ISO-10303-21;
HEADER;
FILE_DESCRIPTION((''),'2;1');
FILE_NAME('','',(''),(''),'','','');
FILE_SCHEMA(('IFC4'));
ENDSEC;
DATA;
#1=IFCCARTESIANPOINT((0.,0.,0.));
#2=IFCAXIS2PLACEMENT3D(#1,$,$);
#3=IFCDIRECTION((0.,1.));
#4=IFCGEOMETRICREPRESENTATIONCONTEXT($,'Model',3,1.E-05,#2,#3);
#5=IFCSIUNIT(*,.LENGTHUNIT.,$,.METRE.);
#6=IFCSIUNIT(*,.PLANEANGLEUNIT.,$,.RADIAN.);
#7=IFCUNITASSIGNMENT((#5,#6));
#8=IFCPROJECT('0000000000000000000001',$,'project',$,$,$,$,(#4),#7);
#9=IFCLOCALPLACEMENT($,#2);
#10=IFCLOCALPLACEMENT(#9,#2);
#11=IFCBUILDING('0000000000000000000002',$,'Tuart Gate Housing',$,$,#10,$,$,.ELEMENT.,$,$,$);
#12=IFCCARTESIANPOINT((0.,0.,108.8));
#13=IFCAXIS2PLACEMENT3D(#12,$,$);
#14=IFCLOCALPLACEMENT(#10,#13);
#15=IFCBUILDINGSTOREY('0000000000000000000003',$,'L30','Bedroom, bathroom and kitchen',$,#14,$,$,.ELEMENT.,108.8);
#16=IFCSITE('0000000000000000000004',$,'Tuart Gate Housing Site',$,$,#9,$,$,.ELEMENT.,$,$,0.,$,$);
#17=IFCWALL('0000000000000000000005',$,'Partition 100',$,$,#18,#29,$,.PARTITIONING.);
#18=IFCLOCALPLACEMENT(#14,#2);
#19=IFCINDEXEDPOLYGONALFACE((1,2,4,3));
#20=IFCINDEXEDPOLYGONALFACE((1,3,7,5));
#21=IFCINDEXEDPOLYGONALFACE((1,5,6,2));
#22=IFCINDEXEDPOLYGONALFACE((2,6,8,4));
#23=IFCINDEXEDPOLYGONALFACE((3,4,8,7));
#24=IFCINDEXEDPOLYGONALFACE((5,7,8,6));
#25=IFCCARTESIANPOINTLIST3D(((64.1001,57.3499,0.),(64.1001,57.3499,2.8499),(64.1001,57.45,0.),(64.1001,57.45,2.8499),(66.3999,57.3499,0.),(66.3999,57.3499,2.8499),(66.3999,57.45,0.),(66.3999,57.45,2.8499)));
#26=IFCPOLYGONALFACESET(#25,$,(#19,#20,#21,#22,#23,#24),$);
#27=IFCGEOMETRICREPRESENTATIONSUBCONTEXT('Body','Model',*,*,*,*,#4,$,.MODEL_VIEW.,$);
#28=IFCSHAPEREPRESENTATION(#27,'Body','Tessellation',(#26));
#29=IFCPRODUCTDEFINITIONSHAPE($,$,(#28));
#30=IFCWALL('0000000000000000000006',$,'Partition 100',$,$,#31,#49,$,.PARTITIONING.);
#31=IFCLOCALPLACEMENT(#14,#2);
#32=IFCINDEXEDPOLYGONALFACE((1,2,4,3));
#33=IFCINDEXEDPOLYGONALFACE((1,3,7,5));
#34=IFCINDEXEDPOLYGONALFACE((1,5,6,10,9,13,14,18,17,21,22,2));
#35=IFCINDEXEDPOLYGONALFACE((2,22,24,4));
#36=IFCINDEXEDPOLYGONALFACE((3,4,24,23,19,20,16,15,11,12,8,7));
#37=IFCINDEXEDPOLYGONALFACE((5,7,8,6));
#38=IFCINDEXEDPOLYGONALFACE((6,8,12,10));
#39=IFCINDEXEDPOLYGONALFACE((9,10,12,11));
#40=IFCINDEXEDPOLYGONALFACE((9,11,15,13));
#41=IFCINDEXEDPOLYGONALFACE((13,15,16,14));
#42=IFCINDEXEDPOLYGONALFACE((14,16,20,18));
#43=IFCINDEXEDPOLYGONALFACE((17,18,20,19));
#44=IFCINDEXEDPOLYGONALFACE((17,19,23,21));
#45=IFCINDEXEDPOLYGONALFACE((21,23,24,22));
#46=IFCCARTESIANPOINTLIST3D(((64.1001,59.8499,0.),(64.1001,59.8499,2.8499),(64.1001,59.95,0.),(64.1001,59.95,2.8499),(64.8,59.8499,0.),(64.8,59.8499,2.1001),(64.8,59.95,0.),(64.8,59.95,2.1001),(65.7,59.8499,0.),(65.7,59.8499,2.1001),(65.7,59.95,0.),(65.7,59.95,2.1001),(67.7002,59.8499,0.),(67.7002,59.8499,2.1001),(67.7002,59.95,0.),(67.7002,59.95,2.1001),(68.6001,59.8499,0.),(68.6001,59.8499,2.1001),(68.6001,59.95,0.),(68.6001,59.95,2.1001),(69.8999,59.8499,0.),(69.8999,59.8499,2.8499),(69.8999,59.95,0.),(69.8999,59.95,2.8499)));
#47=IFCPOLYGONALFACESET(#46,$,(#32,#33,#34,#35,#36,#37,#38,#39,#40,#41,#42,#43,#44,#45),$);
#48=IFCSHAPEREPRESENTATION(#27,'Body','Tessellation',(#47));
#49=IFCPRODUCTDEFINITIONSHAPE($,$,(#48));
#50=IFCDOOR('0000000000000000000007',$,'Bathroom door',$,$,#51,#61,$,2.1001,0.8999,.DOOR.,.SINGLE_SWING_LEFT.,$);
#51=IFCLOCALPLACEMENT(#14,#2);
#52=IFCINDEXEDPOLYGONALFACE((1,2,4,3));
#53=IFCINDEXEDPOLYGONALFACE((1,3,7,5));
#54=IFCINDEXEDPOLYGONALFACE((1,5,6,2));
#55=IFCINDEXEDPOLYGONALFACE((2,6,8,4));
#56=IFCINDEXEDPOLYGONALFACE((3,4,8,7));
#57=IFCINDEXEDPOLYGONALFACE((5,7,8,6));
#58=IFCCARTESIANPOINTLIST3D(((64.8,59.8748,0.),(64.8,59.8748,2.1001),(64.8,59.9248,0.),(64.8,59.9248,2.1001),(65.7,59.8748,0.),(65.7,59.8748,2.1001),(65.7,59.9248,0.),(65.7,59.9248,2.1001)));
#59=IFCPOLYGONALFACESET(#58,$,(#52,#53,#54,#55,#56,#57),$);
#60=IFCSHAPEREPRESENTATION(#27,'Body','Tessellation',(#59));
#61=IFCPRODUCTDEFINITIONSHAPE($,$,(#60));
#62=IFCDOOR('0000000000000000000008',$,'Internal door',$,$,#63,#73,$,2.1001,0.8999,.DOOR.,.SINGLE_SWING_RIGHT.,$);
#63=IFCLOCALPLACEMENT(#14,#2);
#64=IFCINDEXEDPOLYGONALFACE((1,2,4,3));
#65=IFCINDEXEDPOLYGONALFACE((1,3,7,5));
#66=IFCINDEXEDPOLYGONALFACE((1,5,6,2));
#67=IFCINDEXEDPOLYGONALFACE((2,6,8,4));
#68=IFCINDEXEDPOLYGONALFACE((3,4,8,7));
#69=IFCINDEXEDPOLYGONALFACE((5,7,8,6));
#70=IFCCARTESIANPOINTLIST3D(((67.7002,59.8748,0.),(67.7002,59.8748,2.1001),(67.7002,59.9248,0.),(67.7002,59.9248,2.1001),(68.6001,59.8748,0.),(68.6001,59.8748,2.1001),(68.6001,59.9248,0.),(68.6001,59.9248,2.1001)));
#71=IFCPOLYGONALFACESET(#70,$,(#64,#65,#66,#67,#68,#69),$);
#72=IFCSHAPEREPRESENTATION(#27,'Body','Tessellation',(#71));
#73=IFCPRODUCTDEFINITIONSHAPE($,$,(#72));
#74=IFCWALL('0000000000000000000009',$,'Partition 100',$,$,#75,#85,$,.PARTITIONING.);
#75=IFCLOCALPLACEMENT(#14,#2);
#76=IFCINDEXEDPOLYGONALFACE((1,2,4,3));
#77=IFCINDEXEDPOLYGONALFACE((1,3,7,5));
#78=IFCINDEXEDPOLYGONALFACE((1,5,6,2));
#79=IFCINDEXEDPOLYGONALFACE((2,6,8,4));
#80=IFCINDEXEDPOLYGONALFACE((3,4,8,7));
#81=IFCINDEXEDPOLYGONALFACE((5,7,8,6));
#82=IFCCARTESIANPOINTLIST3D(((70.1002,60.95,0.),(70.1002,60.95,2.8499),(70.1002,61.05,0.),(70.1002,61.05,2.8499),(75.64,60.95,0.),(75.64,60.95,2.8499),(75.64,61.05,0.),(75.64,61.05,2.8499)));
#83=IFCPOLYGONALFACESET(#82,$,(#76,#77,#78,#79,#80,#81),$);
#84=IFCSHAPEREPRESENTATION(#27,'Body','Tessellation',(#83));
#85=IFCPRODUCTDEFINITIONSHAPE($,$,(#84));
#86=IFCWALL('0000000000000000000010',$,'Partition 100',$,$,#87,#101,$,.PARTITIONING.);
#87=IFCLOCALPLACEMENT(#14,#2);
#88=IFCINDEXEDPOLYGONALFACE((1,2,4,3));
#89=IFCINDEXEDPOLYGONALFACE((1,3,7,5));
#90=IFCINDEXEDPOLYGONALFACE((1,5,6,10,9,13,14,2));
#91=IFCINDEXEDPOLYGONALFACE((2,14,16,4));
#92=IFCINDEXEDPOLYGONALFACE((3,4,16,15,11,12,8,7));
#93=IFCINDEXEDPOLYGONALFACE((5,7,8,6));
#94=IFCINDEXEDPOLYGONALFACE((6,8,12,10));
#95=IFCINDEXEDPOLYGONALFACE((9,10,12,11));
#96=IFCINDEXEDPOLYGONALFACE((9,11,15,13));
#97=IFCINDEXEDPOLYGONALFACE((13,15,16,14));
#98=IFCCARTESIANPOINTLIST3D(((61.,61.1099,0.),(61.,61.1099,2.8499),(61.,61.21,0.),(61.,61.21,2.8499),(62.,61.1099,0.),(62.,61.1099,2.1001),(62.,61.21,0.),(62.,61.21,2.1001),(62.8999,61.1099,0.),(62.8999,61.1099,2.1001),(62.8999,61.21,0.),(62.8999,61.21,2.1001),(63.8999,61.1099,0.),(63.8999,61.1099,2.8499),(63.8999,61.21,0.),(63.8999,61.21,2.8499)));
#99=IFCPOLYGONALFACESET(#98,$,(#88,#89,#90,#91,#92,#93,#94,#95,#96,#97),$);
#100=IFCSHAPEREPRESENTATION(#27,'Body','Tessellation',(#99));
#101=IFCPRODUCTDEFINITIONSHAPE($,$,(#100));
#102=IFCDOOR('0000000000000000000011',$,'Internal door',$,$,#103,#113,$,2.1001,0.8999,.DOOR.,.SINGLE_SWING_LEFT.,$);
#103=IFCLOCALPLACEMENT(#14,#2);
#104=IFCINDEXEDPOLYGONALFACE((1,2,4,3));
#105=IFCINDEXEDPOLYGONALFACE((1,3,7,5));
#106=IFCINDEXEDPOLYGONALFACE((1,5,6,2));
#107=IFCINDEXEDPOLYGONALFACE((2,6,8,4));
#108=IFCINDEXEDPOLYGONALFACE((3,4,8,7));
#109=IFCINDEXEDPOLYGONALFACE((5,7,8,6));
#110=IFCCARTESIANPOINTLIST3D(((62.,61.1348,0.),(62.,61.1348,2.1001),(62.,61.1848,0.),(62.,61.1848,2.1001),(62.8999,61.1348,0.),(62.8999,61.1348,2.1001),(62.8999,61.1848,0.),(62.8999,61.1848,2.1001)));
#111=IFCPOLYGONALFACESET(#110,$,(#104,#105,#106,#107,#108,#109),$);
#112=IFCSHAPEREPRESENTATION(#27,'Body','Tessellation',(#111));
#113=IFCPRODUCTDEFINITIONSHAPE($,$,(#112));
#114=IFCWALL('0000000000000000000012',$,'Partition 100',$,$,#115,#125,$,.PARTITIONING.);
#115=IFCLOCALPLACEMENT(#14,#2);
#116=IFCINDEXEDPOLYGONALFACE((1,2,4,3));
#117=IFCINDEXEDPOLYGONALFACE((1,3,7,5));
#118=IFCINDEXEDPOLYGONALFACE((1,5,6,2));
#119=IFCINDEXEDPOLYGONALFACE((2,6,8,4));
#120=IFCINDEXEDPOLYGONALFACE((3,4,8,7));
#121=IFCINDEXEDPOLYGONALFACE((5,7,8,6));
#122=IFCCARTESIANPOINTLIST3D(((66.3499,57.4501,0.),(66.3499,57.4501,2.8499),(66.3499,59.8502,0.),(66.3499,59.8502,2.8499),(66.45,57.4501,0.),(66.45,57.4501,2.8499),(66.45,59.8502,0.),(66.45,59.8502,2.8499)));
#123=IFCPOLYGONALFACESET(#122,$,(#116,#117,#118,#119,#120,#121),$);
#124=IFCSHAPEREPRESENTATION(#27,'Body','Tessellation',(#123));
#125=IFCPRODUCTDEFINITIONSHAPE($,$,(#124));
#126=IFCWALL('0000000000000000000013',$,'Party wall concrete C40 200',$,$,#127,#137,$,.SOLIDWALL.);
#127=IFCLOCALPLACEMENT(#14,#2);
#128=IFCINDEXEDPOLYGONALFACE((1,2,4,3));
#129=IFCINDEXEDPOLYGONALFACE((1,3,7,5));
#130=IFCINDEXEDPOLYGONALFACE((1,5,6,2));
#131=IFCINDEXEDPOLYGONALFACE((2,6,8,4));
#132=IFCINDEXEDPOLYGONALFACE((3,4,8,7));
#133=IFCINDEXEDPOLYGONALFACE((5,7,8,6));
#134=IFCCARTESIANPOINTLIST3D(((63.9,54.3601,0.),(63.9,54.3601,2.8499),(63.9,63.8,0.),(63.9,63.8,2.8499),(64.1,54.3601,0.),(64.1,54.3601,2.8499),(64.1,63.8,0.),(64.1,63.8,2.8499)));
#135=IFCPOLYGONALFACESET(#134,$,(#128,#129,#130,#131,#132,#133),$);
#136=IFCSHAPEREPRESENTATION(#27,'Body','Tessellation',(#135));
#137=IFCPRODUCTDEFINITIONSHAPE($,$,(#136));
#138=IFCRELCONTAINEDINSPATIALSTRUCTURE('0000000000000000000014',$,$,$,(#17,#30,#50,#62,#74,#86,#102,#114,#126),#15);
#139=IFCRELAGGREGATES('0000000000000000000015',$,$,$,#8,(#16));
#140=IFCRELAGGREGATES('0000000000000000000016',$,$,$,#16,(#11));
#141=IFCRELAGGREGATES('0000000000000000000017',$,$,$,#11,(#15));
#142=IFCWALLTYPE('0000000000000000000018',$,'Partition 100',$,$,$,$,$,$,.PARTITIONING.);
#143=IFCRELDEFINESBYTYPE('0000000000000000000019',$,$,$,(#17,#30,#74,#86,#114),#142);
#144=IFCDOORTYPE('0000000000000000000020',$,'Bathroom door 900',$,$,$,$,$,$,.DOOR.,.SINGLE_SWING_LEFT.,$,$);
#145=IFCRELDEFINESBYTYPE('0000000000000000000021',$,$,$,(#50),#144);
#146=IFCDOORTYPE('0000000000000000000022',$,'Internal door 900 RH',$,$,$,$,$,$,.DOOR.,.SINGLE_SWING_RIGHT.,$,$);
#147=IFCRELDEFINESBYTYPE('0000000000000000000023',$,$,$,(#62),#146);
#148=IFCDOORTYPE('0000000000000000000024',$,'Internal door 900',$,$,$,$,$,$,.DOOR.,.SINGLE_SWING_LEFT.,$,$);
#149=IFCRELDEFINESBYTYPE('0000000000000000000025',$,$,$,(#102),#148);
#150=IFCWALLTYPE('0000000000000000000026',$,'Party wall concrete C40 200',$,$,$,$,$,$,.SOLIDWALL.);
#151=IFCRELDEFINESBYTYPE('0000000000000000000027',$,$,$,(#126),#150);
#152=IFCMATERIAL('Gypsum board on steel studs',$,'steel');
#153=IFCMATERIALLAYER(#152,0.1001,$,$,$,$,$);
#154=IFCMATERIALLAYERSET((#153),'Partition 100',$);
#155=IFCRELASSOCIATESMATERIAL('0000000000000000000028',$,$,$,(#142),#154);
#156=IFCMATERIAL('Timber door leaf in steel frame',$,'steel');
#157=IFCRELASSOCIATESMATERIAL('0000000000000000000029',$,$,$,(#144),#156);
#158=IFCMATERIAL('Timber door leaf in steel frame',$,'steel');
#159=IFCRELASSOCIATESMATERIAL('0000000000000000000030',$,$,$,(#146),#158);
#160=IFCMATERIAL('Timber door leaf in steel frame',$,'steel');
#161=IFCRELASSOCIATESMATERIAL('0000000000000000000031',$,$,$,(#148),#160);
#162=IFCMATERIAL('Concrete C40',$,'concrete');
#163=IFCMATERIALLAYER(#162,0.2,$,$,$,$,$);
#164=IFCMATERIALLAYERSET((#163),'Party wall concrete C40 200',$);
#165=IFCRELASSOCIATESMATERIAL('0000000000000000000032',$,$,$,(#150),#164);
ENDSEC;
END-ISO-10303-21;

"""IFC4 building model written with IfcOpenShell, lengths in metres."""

from ifc_helpers import new_model, si_unit, direction, frame, frame_2d, origin, place, context, subcontext, project, spatial, rectangle, extrude, material, layer, layer_set, type_object, element, fill, save


model = new_model("IFC4")

# Units and contexts
model_context = context("Model", 3, precision=1e-05, world=origin(), true_north=direction((0.0, 1.0)))
body_context = subcontext(model_context, "Body", "Model", "MODEL_VIEW")
ifc_project = project(units=[si_unit("LENGTHUNIT", "METRE"), si_unit("PLANEANGLEUNIT", "RADIAN")], contexts=[model_context])

# Site, building, storey
site_placement = place(None, origin())
site = spatial("IfcSite", under=ifc_project, at=site_placement, Name="Tuart Gate Housing Site", CompositionType="ELEMENT", RefElevation=0.0)
building_placement = place(site_placement, origin())
building = spatial("IfcBuilding", under=site, at=building_placement, Name="Tuart Gate Housing", CompositionType="ELEMENT")
storey_placement = place(building_placement, frame((0.0, 0.0, 108.8)))
storey = spatial("IfcBuildingStorey", under=building, at=storey_placement, Name="L30", Description="Bedroom, bathroom and kitchen", CompositionType="ELEMENT", Elevation=108.8)

# Wall
ifc_material_1 = material(Name="Gypsum board on steel studs", Category="steel")
ifc_layer_1 = layer(ifc_material_1, 0.1001)
ifc_layer_set_1 = layer_set([ifc_layer_1], Name="Partition 100")
wall_type_1 = type_object("IfcWallType", Name="Partition 100", PredefinedType="PARTITIONING", material=ifc_layer_set_1)
wall_1_placement = place(storey_placement, frame((64.1001, 57.3999, 0.0), z_axis=(0.0, 0.0, 1.0), x_axis=(1.0, 0.0, 0.0)))
element("IfcWall", 1, at=wall_1_placement, inside=storey, type_object=wall_type_1, Name="Partition 100", PredefinedType="PARTITIONING", context=body_context, shape_type="SweptSolid", body=[
    extrude(rectangle(XDim=2.2998, YDim=0.1001, at=frame_2d((1.1499, 0.0))), origin(), (0.0, 0.0, 1.0), 2.8499),
])

# Wall, openings, doors
wall_2_placement = place(storey_placement, frame((64.1001, 59.8999, 0.0), z_axis=(0.0, 0.0, 1.0), x_axis=(1.0, 0.0, 0.0)))
wall_2 = element("IfcWall", 2, at=wall_2_placement, inside=storey, type_object=wall_type_1, Name="Partition 100", PredefinedType="PARTITIONING", context=body_context, shape_type="SweptSolid", body=[
    extrude(rectangle(XDim=5.7998, YDim=0.1001, at=frame_2d((2.8999, 0.0))), origin(), (0.0, 0.0, 1.0), 2.8499),
])
opening_1_placement = place(wall_2_placement, frame((3.6001, 0.0, 0.0)))
opening_1 = element("IfcOpeningElement", 3, at=opening_1_placement, cuts=wall_2, PredefinedType="OPENING", context=body_context, shape_type="SweptSolid", body=[
    extrude(rectangle(XDim=0.8999, YDim=2.1001, at=frame_2d((0.45, 1.05))), frame((0.0, 0.0601, 0.0), z_axis=(0.0, -1.0, 0.0), x_axis=(1.0, 0.0, 0.0)), (0.0, 0.0, 1.0), 0.1201),
])
opening_2_placement = place(wall_2_placement, frame((0.7, 0.0, 0.0)))
opening_2 = element("IfcOpeningElement", 4, at=opening_2_placement, cuts=wall_2, PredefinedType="OPENING", context=body_context, shape_type="SweptSolid", body=[
    extrude(rectangle(XDim=0.8999, YDim=2.1001, at=frame_2d((0.45, 1.05))), frame((0.0, 0.0601, 0.0), z_axis=(0.0, -1.0, 0.0), x_axis=(1.0, 0.0, 0.0)), (0.0, 0.0, 1.0), 0.1201),
])
ifc_material_2 = material(Name="Timber door leaf in steel frame", Category="steel")
door_type_1 = type_object("IfcDoorType", Name="Bathroom door 900", OperationType="SINGLE_SWING_LEFT", PredefinedType="DOOR", material=ifc_material_2)
door_1_placement = place(opening_2_placement, frame((0.8999, 0.0, 0.0), z_axis=(0.0, 0.0, 1.0), x_axis=(-1.0, 0.0, 0.0)))
door_1 = element("IfcDoor", 5, at=door_1_placement, inside=storey, type_object=door_type_1, Name="Bathroom door", OperationType="SINGLE_SWING_LEFT", OverallHeight=2.1001, OverallWidth=0.8999, PredefinedType="DOOR", context=body_context, shape_type="SweptSolid", body=[
    extrude(rectangle(XDim=0.8999, YDim=2.1001, at=frame_2d((0.45, 1.05))), frame((0.0, 0.0251, 0.0), z_axis=(0.0, -1.0, 0.0), x_axis=(1.0, 0.0, 0.0)), (0.0, 0.0, 1.0), 0.05),
])
fill(opening_2, door_1)
ifc_material_3 = material(Name="Timber door leaf in steel frame", Category="steel")
door_type_2 = type_object("IfcDoorType", Name="Internal door 900 RH", OperationType="SINGLE_SWING_RIGHT", PredefinedType="DOOR", material=ifc_material_3)
door_2_placement = place(opening_1_placement, origin())
door_2 = element("IfcDoor", 6, at=door_2_placement, inside=storey, type_object=door_type_2, Name="Internal door", OperationType="SINGLE_SWING_RIGHT", OverallHeight=2.1001, OverallWidth=0.8999, PredefinedType="DOOR", context=body_context, shape_type="SweptSolid", body=[
    extrude(rectangle(XDim=0.8999, YDim=2.1001, at=frame_2d((0.45, 1.05))), frame((0.0, 0.0249, 0.0), z_axis=(0.0, -1.0, 0.0), x_axis=(1.0, 0.0, 0.0)), (0.0, 0.0, 1.0), 0.05),
])
fill(opening_1, door_2)

# Wall
wall_3_placement = place(storey_placement, frame((70.1001, 61.0, 0.0), z_axis=(0.0, 0.0, 1.0), x_axis=(1.0, 0.0, 0.0)))
element("IfcWall", 7, at=wall_3_placement, inside=storey, type_object=wall_type_1, Name="Partition 100", PredefinedType="PARTITIONING", context=body_context, shape_type="SweptSolid", body=[
    extrude(rectangle(XDim=5.5398, YDim=0.1001, at=frame_2d((2.77, 0.0))), origin(), (0.0, 0.0, 1.0), 2.8499),
])

# Wall, opening, door
wall_4_placement = place(storey_placement, frame((61.0, 61.1599, 0.0), z_axis=(0.0, 0.0, 1.0), x_axis=(1.0, 0.0, 0.0)))
wall_4 = element("IfcWall", 8, at=wall_4_placement, inside=storey, type_object=wall_type_1, Name="Partition 100", PredefinedType="PARTITIONING", context=body_context, shape_type="SweptSolid", body=[
    extrude(rectangle(XDim=2.8999, YDim=0.1001, at=frame_2d((1.45, 0.0))), origin(), (0.0, 0.0, 1.0), 2.8499),
])
opening_3_placement = place(wall_4_placement, frame((1.0, 0.0, 0.0)))
opening_3 = element("IfcOpeningElement", 9, at=opening_3_placement, cuts=wall_4, PredefinedType="OPENING", context=body_context, shape_type="SweptSolid", body=[
    extrude(rectangle(XDim=0.8999, YDim=2.1001, at=frame_2d((0.45, 1.05))), frame((0.0, 0.0601, 0.0), z_axis=(0.0, -1.0, 0.0), x_axis=(1.0, 0.0, 0.0)), (0.0, 0.0, 1.0), 0.1201),
])
ifc_material_4 = material(Name="Timber door leaf in steel frame", Category="steel")
door_type_3 = type_object("IfcDoorType", Name="Internal door 900", OperationType="SINGLE_SWING_LEFT", PredefinedType="DOOR", material=ifc_material_4)
door_3_placement = place(opening_3_placement, origin())
door_3 = element("IfcDoor", 10, at=door_3_placement, inside=storey, type_object=door_type_3, Name="Internal door", OperationType="SINGLE_SWING_LEFT", OverallHeight=2.1001, OverallWidth=0.8999, PredefinedType="DOOR", context=body_context, shape_type="SweptSolid", body=[
    extrude(rectangle(XDim=0.8999, YDim=2.1001, at=frame_2d((0.45, 1.05))), frame((0.0, 0.0249, 0.0), z_axis=(0.0, -1.0, 0.0), x_axis=(1.0, 0.0, 0.0)), (0.0, 0.0, 1.0), 0.05),
])
fill(opening_3, door_3)

# Walls
wall_5_placement = place(storey_placement, frame((66.3999, 57.45, 0.0), z_axis=(0.0, 0.0, 1.0), x_axis=(0.0, 1.0, 0.0)))
element("IfcWall", 11, at=wall_5_placement, inside=storey, type_object=wall_type_1, Name="Partition 100", PredefinedType="PARTITIONING", context=body_context, shape_type="SweptSolid", body=[
    extrude(rectangle(XDim=2.4001, YDim=0.1001, at=frame_2d((1.2002, 0.0))), origin(), (0.0, 0.0, 1.0), 2.8499),
])
ifc_material_5 = material(Name="Concrete C40", Category="concrete")
ifc_layer_2 = layer(ifc_material_5, 0.2)
ifc_layer_set_2 = layer_set([ifc_layer_2], Name="Party wall concrete C40 200")
wall_type_2 = type_object("IfcWallType", Name="Party wall concrete C40 200", PredefinedType="SOLIDWALL", material=ifc_layer_set_2)
wall_6_placement = place(storey_placement, frame((64.0, 54.3601, 0.0), z_axis=(0.0, 0.0, 1.0), x_axis=(0.0, 1.0, 0.0)))
element("IfcWall", 12, at=wall_6_placement, inside=storey, type_object=wall_type_2, Name="Party wall concrete C40 200", PredefinedType="SOLIDWALL", context=body_context, shape_type="SweptSolid", body=[
    extrude(rectangle(XDim=9.4399, YDim=0.2, at=frame_2d((4.72, 0.0))), origin(), (0.0, 0.0, 1.0), 2.8499),
])

save(model, "model.ifc")
